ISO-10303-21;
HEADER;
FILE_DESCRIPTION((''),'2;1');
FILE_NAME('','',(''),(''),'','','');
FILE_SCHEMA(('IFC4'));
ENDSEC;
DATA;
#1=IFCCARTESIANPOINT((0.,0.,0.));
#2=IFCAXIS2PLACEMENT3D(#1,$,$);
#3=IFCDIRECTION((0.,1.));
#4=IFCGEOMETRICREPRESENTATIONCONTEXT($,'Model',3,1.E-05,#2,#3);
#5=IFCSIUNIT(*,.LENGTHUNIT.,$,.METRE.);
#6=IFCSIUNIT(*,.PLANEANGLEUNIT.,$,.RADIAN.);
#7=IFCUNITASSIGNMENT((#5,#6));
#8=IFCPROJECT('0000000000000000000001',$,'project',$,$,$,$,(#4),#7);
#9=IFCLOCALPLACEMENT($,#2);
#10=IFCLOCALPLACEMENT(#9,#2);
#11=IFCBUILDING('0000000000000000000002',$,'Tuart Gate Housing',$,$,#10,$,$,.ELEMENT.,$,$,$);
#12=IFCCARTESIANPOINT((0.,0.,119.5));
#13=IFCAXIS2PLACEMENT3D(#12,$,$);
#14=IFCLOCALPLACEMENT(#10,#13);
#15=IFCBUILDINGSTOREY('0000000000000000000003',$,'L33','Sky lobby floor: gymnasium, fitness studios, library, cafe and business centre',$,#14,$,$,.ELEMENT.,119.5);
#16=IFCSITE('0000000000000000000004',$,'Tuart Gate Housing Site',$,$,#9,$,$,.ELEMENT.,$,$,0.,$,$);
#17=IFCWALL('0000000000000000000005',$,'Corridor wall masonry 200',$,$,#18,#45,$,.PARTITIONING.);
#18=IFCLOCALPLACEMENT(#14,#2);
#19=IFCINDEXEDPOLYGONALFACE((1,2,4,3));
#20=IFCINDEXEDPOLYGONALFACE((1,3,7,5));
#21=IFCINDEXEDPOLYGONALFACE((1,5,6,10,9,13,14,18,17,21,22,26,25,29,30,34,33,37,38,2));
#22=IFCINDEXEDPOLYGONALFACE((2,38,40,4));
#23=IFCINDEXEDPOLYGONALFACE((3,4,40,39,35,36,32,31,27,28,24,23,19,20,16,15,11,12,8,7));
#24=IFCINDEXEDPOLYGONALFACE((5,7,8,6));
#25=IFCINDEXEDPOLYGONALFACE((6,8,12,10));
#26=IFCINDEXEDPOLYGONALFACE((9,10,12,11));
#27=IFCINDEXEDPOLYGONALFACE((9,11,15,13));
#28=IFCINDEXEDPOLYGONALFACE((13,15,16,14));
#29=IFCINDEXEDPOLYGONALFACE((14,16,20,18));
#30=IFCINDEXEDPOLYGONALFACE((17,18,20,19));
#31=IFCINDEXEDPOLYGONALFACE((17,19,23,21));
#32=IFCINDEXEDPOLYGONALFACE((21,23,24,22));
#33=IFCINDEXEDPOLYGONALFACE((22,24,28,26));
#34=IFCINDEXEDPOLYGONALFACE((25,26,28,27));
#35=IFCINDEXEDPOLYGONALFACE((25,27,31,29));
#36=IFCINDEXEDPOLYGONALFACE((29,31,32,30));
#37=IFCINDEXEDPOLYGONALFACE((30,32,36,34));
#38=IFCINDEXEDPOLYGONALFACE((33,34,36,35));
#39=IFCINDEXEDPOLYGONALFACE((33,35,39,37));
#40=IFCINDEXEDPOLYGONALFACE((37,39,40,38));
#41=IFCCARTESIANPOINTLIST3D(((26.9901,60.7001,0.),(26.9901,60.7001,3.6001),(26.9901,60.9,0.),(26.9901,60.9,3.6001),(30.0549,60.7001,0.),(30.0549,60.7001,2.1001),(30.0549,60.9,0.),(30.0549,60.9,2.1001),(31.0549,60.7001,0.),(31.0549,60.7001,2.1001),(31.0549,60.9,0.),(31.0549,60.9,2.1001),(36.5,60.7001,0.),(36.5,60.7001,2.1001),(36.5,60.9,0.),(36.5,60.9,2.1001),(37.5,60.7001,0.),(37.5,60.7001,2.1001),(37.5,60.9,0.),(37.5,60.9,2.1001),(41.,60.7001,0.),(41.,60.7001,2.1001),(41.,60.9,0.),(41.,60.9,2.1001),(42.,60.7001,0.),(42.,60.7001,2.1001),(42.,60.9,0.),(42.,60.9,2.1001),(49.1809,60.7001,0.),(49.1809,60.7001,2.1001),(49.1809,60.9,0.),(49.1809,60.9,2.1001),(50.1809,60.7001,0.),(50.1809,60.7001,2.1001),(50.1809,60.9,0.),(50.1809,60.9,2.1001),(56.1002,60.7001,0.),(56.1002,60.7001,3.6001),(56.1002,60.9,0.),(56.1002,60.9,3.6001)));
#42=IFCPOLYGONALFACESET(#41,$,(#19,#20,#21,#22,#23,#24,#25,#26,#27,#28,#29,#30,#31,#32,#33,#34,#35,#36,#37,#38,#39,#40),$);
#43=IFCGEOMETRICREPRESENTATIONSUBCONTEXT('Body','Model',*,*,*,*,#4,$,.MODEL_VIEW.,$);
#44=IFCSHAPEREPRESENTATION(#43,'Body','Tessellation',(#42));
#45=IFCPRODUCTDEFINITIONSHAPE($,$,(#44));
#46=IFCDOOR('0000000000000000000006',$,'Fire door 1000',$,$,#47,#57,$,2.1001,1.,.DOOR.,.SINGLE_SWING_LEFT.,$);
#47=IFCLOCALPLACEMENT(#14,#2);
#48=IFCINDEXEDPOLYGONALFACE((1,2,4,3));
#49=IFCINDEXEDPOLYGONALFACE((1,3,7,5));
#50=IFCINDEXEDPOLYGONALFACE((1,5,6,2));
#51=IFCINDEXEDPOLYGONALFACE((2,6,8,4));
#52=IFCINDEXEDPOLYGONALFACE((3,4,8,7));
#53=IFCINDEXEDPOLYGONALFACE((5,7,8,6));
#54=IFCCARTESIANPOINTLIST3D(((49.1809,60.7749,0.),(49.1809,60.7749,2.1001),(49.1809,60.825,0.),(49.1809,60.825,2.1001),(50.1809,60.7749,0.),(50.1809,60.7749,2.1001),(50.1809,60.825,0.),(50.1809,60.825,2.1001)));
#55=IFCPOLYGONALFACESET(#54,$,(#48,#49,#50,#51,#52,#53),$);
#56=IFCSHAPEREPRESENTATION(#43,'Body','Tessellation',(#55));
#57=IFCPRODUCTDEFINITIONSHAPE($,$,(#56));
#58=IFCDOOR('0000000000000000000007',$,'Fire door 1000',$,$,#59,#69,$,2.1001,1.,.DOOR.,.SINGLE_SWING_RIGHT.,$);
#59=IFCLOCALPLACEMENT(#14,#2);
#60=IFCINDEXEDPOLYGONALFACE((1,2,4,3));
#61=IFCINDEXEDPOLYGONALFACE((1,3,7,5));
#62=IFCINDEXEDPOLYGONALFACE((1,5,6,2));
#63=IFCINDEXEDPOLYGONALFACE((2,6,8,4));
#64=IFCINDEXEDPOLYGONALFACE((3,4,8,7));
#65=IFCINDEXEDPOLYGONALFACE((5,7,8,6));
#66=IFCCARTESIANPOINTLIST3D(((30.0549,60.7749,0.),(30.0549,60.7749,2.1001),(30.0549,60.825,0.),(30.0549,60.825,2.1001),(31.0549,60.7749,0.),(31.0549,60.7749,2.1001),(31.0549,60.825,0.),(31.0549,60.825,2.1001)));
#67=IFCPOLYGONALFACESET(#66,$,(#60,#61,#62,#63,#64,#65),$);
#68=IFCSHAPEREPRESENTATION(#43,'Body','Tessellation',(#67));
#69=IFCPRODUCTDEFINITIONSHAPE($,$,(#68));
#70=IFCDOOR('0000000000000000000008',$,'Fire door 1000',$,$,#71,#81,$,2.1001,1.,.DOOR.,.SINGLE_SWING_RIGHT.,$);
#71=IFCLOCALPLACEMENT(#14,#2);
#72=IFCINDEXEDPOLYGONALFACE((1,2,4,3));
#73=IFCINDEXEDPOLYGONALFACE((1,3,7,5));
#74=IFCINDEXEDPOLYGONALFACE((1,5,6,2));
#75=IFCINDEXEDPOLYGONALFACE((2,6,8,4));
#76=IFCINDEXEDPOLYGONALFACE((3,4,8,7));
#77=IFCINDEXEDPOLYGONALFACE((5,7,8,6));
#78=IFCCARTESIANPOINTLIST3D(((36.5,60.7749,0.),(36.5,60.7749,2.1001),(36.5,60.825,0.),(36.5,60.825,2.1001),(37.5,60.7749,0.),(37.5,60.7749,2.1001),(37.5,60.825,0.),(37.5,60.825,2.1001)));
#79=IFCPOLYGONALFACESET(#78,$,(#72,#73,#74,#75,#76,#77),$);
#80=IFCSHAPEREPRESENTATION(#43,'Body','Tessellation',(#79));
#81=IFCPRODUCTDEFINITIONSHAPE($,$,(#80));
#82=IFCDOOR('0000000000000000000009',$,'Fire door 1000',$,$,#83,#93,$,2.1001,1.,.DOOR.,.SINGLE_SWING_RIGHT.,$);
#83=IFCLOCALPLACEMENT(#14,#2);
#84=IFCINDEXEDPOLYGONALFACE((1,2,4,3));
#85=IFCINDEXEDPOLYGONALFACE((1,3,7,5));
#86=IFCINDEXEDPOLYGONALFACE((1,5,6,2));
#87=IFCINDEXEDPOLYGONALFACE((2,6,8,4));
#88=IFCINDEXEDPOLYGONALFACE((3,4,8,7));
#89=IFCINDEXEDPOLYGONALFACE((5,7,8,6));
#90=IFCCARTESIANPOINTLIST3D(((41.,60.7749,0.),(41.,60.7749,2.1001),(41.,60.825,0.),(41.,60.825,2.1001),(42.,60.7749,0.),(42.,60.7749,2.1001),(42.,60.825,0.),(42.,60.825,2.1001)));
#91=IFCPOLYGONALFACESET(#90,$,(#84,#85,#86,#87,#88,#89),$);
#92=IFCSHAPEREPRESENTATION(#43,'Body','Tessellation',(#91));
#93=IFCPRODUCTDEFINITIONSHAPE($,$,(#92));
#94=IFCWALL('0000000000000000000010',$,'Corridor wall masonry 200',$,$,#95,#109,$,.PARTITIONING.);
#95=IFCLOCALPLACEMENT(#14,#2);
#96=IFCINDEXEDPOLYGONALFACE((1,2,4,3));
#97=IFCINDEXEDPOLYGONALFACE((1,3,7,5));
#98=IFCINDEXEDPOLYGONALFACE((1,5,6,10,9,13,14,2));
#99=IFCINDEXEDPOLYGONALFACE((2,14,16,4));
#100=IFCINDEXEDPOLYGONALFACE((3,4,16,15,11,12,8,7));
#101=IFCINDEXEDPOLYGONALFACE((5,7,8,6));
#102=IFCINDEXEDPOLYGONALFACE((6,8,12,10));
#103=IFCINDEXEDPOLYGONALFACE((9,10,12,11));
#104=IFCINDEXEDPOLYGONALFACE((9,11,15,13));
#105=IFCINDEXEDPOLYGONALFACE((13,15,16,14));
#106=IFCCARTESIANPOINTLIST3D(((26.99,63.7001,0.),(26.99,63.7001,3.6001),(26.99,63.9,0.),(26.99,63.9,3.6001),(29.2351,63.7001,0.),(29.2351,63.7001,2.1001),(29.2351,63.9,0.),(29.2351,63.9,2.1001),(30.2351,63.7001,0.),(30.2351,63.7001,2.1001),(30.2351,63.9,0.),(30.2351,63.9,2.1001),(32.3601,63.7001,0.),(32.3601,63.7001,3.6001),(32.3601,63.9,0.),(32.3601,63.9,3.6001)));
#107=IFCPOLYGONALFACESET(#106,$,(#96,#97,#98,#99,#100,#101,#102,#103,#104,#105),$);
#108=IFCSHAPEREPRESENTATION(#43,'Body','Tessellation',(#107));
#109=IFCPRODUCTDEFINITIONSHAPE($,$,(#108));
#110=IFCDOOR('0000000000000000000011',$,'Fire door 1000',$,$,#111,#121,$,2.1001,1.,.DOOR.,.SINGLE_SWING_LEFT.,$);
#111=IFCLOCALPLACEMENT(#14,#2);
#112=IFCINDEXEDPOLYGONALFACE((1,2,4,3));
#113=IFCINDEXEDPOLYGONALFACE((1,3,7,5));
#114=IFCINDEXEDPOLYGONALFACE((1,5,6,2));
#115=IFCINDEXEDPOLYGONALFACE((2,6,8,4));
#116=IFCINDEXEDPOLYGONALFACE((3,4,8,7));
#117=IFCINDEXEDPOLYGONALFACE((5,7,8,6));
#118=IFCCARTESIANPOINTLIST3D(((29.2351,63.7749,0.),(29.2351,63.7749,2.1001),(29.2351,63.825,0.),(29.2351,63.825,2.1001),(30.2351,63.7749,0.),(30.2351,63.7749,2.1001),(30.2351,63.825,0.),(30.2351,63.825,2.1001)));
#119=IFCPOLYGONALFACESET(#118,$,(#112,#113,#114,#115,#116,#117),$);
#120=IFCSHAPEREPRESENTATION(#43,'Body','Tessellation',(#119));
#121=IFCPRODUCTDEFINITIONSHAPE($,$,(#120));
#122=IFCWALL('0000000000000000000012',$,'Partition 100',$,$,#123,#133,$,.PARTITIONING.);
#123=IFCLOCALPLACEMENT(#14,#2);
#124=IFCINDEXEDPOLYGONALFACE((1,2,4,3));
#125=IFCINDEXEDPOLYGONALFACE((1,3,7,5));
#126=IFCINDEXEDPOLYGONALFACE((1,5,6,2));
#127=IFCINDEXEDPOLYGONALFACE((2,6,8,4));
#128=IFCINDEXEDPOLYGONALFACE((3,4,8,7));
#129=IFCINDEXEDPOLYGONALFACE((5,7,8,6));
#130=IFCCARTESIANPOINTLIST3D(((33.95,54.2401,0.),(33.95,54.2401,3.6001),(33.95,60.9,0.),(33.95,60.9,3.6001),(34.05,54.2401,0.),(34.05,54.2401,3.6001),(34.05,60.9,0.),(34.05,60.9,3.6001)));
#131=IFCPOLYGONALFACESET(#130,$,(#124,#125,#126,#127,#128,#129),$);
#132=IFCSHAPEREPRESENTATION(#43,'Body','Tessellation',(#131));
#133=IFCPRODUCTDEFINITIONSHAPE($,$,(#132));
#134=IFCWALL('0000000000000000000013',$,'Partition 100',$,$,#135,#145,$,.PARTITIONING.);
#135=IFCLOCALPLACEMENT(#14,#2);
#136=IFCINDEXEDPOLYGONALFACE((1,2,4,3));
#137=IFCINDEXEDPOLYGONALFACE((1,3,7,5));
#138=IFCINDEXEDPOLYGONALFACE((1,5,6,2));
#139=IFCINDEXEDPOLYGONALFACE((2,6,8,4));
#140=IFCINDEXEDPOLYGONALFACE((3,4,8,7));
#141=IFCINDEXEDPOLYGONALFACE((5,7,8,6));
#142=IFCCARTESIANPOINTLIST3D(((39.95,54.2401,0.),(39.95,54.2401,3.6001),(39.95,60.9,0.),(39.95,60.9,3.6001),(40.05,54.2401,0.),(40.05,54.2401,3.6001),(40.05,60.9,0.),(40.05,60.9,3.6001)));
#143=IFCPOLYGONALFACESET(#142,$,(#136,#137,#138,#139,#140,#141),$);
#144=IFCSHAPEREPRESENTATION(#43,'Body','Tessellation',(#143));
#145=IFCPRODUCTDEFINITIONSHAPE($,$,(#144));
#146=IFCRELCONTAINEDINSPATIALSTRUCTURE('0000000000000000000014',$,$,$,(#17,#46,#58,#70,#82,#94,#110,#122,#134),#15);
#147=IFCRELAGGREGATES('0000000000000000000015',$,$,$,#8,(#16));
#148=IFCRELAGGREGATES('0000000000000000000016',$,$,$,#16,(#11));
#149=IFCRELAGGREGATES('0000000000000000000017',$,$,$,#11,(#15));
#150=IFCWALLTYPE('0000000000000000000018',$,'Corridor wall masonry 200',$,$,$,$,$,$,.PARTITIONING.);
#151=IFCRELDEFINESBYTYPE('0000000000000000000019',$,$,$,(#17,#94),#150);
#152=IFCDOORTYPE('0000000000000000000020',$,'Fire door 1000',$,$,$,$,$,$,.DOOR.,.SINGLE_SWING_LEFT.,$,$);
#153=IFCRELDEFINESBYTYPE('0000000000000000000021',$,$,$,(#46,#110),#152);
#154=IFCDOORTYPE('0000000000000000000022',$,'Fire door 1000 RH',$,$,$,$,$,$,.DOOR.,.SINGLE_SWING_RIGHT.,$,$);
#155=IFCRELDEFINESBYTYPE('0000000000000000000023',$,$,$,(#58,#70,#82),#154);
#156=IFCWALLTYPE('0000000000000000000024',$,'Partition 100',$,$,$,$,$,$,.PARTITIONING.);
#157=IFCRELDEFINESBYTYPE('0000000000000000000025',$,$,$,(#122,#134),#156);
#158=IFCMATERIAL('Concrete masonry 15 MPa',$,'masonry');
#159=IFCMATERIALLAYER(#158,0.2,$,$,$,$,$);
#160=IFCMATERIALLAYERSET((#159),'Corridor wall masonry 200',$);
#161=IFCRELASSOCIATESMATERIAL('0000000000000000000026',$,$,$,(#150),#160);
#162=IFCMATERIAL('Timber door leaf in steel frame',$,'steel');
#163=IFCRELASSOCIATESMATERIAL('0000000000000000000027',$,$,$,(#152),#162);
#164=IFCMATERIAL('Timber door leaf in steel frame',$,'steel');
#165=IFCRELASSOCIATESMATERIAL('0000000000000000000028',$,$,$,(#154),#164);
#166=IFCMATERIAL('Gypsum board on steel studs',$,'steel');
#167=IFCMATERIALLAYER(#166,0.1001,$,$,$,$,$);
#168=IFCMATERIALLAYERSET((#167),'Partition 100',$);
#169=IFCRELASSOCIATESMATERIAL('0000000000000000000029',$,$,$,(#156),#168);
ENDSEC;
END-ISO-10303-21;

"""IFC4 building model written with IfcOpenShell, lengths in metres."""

from ifc_helpers import new_model, si_unit, direction, frame, frame_2d, origin, place, context, subcontext, project, spatial, rectangle, extrude, material, layer, layer_set, type_object, element, fill, save


model = new_model("IFC4")

# Units and contexts
model_context = context("Model", 3, precision=1e-05, world=origin(), true_north=direction((0.0, 1.0)))
body_context = subcontext(model_context, "Body", "Model", "MODEL_VIEW")
ifc_project = project(units=[si_unit("LENGTHUNIT", "METRE"), si_unit("PLANEANGLEUNIT", "RADIAN")], contexts=[model_context])

# Site, building, storey
site_placement = place(None, origin())
site = spatial("IfcSite", under=ifc_project, at=site_placement, Name="Tuart Gate Housing Site", CompositionType="ELEMENT", RefElevation=0.0)
building_placement = place(site_placement, origin())
building = spatial("IfcBuilding", under=site, at=building_placement, Name="Tuart Gate Housing", CompositionType="ELEMENT")
storey_placement = place(building_placement, frame((0.0, 0.0, 119.5)))
storey = spatial("IfcBuildingStorey", under=building, at=storey_placement, Name="L33", Description="Sky lobby floor: gymnasium, fitness studios, library, cafe and business centre", CompositionType="ELEMENT", Elevation=119.5)

# Wall, openings, doors
ifc_material_1 = material(Name="Concrete masonry 15 MPa", Category="masonry")
ifc_layer_1 = layer(ifc_material_1, 0.2)
ifc_layer_set_1 = layer_set([ifc_layer_1], Name="Corridor wall masonry 200")
wall_type_1 = type_object("IfcWallType", Name="Corridor wall masonry 200", PredefinedType="PARTITIONING", material=ifc_layer_set_1)
wall_1_placement = place(storey_placement, frame((26.99, 60.8, 0.0), z_axis=(0.0, 0.0, 1.0), x_axis=(1.0, 0.0, 0.0)))
wall_1 = element("IfcWall", 1, at=wall_1_placement, inside=storey, type_object=wall_type_1, Name="Corridor wall masonry 200", PredefinedType="PARTITIONING", context=body_context, shape_type="SweptSolid", body=[
    extrude(rectangle(XDim=29.1101, YDim=0.2, at=frame_2d((14.5552, 0.0))), origin(), (0.0, 0.0, 1.0), 3.6001),
])
opening_1_placement = place(wall_1_placement, frame((3.0649, 0.0, 0.0)))
opening_1 = element("IfcOpeningElement", 2, at=opening_1_placement, cuts=wall_1, PredefinedType="OPENING", context=body_context, shape_type="SweptSolid", body=[
    extrude(rectangle(XDim=1.0, YDim=2.1001, at=frame_2d((0.5, 1.05))), frame((0.0, 0.1099, 0.0), z_axis=(0.0, -1.0, 0.0), x_axis=(1.0, 0.0, 0.0)), (0.0, 0.0, 1.0), 0.22),
])
opening_2_placement = place(wall_1_placement, frame((9.51, 0.0, 0.0)))
opening_2 = element("IfcOpeningElement", 3, at=opening_2_placement, cuts=wall_1, PredefinedType="OPENING", context=body_context, shape_type="SweptSolid", body=[
    extrude(rectangle(XDim=1.0, YDim=2.1001, at=frame_2d((0.5, 1.05))), frame((0.0, 0.1099, 0.0), z_axis=(0.0, -1.0, 0.0), x_axis=(1.0, 0.0, 0.0)), (0.0, 0.0, 1.0), 0.22),
])
opening_3_placement = place(wall_1_placement, frame((14.01, 0.0, 0.0)))
opening_3 = element("IfcOpeningElement", 4, at=opening_3_placement, cuts=wall_1, PredefinedType="OPENING", context=body_context, shape_type="SweptSolid", body=[
    extrude(rectangle(XDim=1.0, YDim=2.1001, at=frame_2d((0.5, 1.05))), frame((0.0, 0.1099, 0.0), z_axis=(0.0, -1.0, 0.0), x_axis=(1.0, 0.0, 0.0)), (0.0, 0.0, 1.0), 0.22),
])
opening_4_placement = place(wall_1_placement, frame((22.1909, 0.0, 0.0)))
opening_4 = element("IfcOpeningElement", 5, at=opening_4_placement, cuts=wall_1, PredefinedType="OPENING", context=body_context, shape_type="SweptSolid", body=[
    extrude(rectangle(XDim=1.0, YDim=2.1001, at=frame_2d((0.5, 1.05))), frame((0.0, 0.1099, 0.0), z_axis=(0.0, -1.0, 0.0), x_axis=(1.0, 0.0, 0.0)), (0.0, 0.0, 1.0), 0.22),
])
ifc_material_2 = material(Name="Timber door leaf in steel frame", Category="steel")
door_type_1 = type_object("IfcDoorType", Name="Fire door 1000", OperationType="SINGLE_SWING_LEFT", PredefinedType="DOOR", material=ifc_material_2)
door_1_placement = place(opening_4_placement, frame((1.0, 0.0, 0.0), z_axis=(0.0, 0.0, 1.0), x_axis=(-1.0, 0.0, 0.0)))
door_1 = element("IfcDoor", 6, at=door_1_placement, inside=storey, type_object=door_type_1, Name="Fire door 1000", OperationType="SINGLE_SWING_LEFT", OverallHeight=2.1001, OverallWidth=1.0, PredefinedType="DOOR", context=body_context, shape_type="SweptSolid", body=[
    extrude(rectangle(XDim=1.0, YDim=2.1001, at=frame_2d((0.5, 1.05))), frame((0.0, 0.0251, 0.0), z_axis=(0.0, -1.0, 0.0), x_axis=(1.0, 0.0, 0.0)), (0.0, 0.0, 1.0), 0.05),
])
fill(opening_4, door_1)
ifc_material_3 = material(Name="Timber door leaf in steel frame", Category="steel")
door_type_2 = type_object("IfcDoorType", Name="Fire door 1000 RH", OperationType="SINGLE_SWING_RIGHT", PredefinedType="DOOR", material=ifc_material_3)
door_2_placement = place(opening_1_placement, frame((1.0, 0.0, 0.0), z_axis=(0.0, 0.0, 1.0), x_axis=(-1.0, 0.0, 0.0)))
door_2 = element("IfcDoor", 7, at=door_2_placement, inside=storey, type_object=door_type_2, Name="Fire door 1000", OperationType="SINGLE_SWING_RIGHT", OverallHeight=2.1001, OverallWidth=1.0, PredefinedType="DOOR", context=body_context, shape_type="SweptSolid", body=[
    extrude(rectangle(XDim=1.0, YDim=2.1001, at=frame_2d((0.5, 1.05))), frame((0.0, 0.0251, 0.0), z_axis=(0.0, -1.0, 0.0), x_axis=(1.0, 0.0, 0.0)), (0.0, 0.0, 1.0), 0.05),
])
fill(opening_1, door_2)
door_3_placement = place(opening_2_placement, frame((1.0, 0.0, 0.0), z_axis=(0.0, 0.0, 1.0), x_axis=(-1.0, 0.0, 0.0)))
door_3 = element("IfcDoor", 8, at=door_3_placement, inside=storey, type_object=door_type_2, Name="Fire door 1000", OperationType="SINGLE_SWING_RIGHT", OverallHeight=2.1001, OverallWidth=1.0, PredefinedType="DOOR", context=body_context, shape_type="SweptSolid", body=[
    extrude(rectangle(XDim=1.0, YDim=2.1001, at=frame_2d((0.5, 1.05))), frame((0.0, 0.0251, 0.0), z_axis=(0.0, -1.0, 0.0), x_axis=(1.0, 0.0, 0.0)), (0.0, 0.0, 1.0), 0.05),
])
fill(opening_2, door_3)
door_4_placement = place(opening_3_placement, frame((1.0, 0.0, 0.0), z_axis=(0.0, 0.0, 1.0), x_axis=(-1.0, 0.0, 0.0)))
door_4 = element("IfcDoor", 9, at=door_4_placement, inside=storey, type_object=door_type_2, Name="Fire door 1000", OperationType="SINGLE_SWING_RIGHT", OverallHeight=2.1001, OverallWidth=1.0, PredefinedType="DOOR", context=body_context, shape_type="SweptSolid", body=[
    extrude(rectangle(XDim=1.0, YDim=2.1001, at=frame_2d((0.5, 1.05))), frame((0.0, 0.0251, 0.0), z_axis=(0.0, -1.0, 0.0), x_axis=(1.0, 0.0, 0.0)), (0.0, 0.0, 1.0), 0.05),
])
fill(opening_3, door_4)

# Wall, opening, door
wall_2_placement = place(storey_placement, frame((26.99, 63.8, 0.0), z_axis=(0.0, 0.0, 1.0), x_axis=(1.0, 0.0, 0.0)))
wall_2 = element("IfcWall", 10, at=wall_2_placement, inside=storey, type_object=wall_type_1, Name="Corridor wall masonry 200", PredefinedType="PARTITIONING", context=body_context, shape_type="SweptSolid", body=[
    extrude(rectangle(XDim=5.3701, YDim=0.2, at=frame_2d((2.6851, 0.0))), origin(), (0.0, 0.0, 1.0), 3.6001),
])
opening_5_placement = place(wall_2_placement, frame((2.2451, 0.0, 0.0)))
opening_5 = element("IfcOpeningElement", 11, at=opening_5_placement, cuts=wall_2, PredefinedType="OPENING", context=body_context, shape_type="SweptSolid", body=[
    extrude(rectangle(XDim=1.0, YDim=2.1001, at=frame_2d((0.5, 1.05))), frame((0.0, 0.1099, 0.0), z_axis=(0.0, -1.0, 0.0), x_axis=(1.0, 0.0, 0.0)), (0.0, 0.0, 1.0), 0.22),
])
door_5_placement = place(opening_5_placement, origin())
door_5 = element("IfcDoor", 12, at=door_5_placement, inside=storey, type_object=door_type_1, Name="Fire door 1000", OperationType="SINGLE_SWING_LEFT", OverallHeight=2.1001, OverallWidth=1.0, PredefinedType="DOOR", context=body_context, shape_type="SweptSolid", body=[
    extrude(rectangle(XDim=1.0, YDim=2.1001, at=frame_2d((0.5, 1.05))), frame((0.0, 0.0249, 0.0), z_axis=(0.0, -1.0, 0.0), x_axis=(1.0, 0.0, 0.0)), (0.0, 0.0, 1.0), 0.05),
])
fill(opening_5, door_5)

# Walls
ifc_material_4 = material(Name="Gypsum board on steel studs", Category="steel")
ifc_layer_2 = layer(ifc_material_4, 0.1001)
ifc_layer_set_2 = layer_set([ifc_layer_2], Name="Partition 100")
wall_type_2 = type_object("IfcWallType", Name="Partition 100", PredefinedType="PARTITIONING", material=ifc_layer_set_2)
for number, where, z_axis, x_axis, name in (
    (13, (34.0, 54.24, 0.0), (0.0, 0.0, 1.0), (0.0, 1.0, 0.0), "Partition 100"),
    (14, (40.0, 54.24, 0.0), (0.0, 0.0, 1.0), (0.0, 1.0, 0.0), "Partition 100"),
):
    element("IfcWall", number, at=place(storey_placement, frame(where, z_axis=z_axis, x_axis=x_axis)), inside=storey, type_object=wall_type_2, Name=name, PredefinedType="PARTITIONING", context=body_context, shape_type="SweptSolid", body=[
        extrude(rectangle(XDim=6.6599, YDim=0.1001, at=frame_2d((3.3301, 0.0))), origin(), (0.0, 0.0, 1.0), 3.6001),
    ])

save(model, "model.ifc")
